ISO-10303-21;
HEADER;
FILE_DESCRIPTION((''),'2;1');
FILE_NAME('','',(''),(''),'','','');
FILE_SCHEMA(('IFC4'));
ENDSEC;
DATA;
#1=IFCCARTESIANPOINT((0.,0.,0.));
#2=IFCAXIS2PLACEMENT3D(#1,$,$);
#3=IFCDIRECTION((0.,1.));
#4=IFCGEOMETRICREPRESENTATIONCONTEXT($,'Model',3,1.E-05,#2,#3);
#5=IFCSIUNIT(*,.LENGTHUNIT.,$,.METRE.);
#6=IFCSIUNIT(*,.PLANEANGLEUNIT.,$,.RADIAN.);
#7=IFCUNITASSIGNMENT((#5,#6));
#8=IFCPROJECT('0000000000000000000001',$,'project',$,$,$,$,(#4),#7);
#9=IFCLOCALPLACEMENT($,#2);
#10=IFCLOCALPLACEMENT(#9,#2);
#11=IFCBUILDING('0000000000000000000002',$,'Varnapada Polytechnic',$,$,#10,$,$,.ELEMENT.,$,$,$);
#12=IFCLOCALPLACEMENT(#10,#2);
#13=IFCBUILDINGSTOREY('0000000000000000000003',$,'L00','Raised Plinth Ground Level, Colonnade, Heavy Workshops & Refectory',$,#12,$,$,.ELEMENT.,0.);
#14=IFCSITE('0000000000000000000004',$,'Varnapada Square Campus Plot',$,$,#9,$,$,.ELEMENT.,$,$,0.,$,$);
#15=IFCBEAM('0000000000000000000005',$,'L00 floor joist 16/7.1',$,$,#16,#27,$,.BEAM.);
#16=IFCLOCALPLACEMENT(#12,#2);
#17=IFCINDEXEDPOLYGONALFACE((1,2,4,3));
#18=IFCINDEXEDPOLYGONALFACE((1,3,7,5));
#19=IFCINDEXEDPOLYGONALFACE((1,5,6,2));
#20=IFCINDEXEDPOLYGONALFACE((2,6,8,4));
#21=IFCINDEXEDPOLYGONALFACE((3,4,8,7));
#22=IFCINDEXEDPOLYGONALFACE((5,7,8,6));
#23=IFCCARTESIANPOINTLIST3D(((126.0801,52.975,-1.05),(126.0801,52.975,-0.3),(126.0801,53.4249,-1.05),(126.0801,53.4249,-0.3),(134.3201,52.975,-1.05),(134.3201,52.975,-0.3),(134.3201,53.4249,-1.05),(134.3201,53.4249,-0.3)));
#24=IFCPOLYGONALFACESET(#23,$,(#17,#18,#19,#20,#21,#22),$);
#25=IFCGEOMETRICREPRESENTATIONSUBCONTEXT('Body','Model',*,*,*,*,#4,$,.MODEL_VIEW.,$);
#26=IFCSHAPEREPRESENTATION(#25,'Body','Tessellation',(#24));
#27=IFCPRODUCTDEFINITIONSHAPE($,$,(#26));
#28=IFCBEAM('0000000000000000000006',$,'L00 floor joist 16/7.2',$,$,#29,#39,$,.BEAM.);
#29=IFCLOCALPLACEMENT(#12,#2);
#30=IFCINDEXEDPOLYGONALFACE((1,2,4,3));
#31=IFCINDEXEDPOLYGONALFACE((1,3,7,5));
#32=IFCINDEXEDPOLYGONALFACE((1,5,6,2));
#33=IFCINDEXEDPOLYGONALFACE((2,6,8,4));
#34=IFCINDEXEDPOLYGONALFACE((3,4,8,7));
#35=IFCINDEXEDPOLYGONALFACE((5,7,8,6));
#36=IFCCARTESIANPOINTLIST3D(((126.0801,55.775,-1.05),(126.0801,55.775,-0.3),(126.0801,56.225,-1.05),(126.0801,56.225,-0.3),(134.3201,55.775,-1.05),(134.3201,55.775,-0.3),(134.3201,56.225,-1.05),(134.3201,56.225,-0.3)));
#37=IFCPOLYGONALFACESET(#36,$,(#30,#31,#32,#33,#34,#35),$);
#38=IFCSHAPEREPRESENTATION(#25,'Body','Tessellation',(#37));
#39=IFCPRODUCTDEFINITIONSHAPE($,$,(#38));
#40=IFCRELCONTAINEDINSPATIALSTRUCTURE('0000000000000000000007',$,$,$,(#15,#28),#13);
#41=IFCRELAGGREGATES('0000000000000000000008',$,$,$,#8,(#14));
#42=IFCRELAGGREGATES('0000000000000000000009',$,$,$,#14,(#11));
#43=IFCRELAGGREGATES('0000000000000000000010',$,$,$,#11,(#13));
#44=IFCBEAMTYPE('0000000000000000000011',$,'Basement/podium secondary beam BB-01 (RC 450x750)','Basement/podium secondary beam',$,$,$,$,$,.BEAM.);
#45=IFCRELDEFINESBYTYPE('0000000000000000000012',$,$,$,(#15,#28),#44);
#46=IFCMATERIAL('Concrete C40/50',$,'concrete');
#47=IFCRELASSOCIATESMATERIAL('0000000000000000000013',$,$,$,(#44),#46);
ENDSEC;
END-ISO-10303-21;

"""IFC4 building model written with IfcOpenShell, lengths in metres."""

from ifc_helpers import new_model, si_unit, direction, frame, origin, origin_2d, place, context, subcontext, project, spatial, rectangle, extrude, material, material_profile, profile_set, type_object, element, save


model = new_model("IFC4")

# Units and contexts
model_context = context("Model", 3, precision=1e-05, world=origin(), true_north=direction((0.0, 1.0)))
body_context = subcontext(model_context, "Body", "Model", "MODEL_VIEW")
ifc_project = project(units=[si_unit("LENGTHUNIT", "METRE"), si_unit("PLANEANGLEUNIT", "RADIAN")], contexts=[model_context])

# Site, building, storey
site_placement = place(None, origin())
site = spatial("IfcSite", under=ifc_project, at=site_placement, Name="Varnapada Square Campus Plot", CompositionType="ELEMENT", RefElevation=0.0)
building_placement = place(site_placement, origin())
building = spatial("IfcBuilding", under=site, at=building_placement, Name="Varnapada Polytechnic", CompositionType="ELEMENT")
storey_placement = place(building_placement, origin())
storey = spatial("IfcBuildingStorey", under=building, at=storey_placement, Name="L00", Description="Raised Plinth Ground Level, Colonnade, Heavy Workshops & Refectory", CompositionType="ELEMENT", Elevation=0.0)

# Beams
ifc_material_1 = material(Name="Concrete C40/50", Category="concrete")
ifc_material_profile = material_profile(ifc_material_1, rectangle(XDim=0.45, YDim=0.75, at=origin_2d()), Name="RC 450x750")
ifc_profile_set = profile_set([ifc_material_profile], Name="Concrete C40/50")
beam_type = type_object("IfcBeamType", Name="Basement/podium secondary beam BB-01 (RC 450x750)", Description="Basement/podium secondary beam", PredefinedType="BEAM", material=ifc_profile_set)
for number, where, z_axis, x_axis, name in (
    (1, (126.0801, 53.2, -0.675), (1.0, 0.0, 0.0), (0.0, 1.0, 0.0), "L00 floor joist 16/7.1"),
    (2, (126.0801, 56.0, -0.675), (1.0, 0.0, 0.0), (0.0, 1.0, 0.0), "L00 floor joist 16/7.2"),
):
    element("IfcBeam", number, at=place(storey_placement, frame(where, z_axis=z_axis, x_axis=x_axis)), inside=storey, type_object=beam_type, Name=name, PredefinedType="BEAM", context=body_context, shape_type="SweptSolid", body=[
        extrude(rectangle(XDim=0.45, YDim=0.75, at=origin_2d()), origin(), (0.0, 0.0, 1.0), 8.24),
    ])

save(model, "model.ifc")
